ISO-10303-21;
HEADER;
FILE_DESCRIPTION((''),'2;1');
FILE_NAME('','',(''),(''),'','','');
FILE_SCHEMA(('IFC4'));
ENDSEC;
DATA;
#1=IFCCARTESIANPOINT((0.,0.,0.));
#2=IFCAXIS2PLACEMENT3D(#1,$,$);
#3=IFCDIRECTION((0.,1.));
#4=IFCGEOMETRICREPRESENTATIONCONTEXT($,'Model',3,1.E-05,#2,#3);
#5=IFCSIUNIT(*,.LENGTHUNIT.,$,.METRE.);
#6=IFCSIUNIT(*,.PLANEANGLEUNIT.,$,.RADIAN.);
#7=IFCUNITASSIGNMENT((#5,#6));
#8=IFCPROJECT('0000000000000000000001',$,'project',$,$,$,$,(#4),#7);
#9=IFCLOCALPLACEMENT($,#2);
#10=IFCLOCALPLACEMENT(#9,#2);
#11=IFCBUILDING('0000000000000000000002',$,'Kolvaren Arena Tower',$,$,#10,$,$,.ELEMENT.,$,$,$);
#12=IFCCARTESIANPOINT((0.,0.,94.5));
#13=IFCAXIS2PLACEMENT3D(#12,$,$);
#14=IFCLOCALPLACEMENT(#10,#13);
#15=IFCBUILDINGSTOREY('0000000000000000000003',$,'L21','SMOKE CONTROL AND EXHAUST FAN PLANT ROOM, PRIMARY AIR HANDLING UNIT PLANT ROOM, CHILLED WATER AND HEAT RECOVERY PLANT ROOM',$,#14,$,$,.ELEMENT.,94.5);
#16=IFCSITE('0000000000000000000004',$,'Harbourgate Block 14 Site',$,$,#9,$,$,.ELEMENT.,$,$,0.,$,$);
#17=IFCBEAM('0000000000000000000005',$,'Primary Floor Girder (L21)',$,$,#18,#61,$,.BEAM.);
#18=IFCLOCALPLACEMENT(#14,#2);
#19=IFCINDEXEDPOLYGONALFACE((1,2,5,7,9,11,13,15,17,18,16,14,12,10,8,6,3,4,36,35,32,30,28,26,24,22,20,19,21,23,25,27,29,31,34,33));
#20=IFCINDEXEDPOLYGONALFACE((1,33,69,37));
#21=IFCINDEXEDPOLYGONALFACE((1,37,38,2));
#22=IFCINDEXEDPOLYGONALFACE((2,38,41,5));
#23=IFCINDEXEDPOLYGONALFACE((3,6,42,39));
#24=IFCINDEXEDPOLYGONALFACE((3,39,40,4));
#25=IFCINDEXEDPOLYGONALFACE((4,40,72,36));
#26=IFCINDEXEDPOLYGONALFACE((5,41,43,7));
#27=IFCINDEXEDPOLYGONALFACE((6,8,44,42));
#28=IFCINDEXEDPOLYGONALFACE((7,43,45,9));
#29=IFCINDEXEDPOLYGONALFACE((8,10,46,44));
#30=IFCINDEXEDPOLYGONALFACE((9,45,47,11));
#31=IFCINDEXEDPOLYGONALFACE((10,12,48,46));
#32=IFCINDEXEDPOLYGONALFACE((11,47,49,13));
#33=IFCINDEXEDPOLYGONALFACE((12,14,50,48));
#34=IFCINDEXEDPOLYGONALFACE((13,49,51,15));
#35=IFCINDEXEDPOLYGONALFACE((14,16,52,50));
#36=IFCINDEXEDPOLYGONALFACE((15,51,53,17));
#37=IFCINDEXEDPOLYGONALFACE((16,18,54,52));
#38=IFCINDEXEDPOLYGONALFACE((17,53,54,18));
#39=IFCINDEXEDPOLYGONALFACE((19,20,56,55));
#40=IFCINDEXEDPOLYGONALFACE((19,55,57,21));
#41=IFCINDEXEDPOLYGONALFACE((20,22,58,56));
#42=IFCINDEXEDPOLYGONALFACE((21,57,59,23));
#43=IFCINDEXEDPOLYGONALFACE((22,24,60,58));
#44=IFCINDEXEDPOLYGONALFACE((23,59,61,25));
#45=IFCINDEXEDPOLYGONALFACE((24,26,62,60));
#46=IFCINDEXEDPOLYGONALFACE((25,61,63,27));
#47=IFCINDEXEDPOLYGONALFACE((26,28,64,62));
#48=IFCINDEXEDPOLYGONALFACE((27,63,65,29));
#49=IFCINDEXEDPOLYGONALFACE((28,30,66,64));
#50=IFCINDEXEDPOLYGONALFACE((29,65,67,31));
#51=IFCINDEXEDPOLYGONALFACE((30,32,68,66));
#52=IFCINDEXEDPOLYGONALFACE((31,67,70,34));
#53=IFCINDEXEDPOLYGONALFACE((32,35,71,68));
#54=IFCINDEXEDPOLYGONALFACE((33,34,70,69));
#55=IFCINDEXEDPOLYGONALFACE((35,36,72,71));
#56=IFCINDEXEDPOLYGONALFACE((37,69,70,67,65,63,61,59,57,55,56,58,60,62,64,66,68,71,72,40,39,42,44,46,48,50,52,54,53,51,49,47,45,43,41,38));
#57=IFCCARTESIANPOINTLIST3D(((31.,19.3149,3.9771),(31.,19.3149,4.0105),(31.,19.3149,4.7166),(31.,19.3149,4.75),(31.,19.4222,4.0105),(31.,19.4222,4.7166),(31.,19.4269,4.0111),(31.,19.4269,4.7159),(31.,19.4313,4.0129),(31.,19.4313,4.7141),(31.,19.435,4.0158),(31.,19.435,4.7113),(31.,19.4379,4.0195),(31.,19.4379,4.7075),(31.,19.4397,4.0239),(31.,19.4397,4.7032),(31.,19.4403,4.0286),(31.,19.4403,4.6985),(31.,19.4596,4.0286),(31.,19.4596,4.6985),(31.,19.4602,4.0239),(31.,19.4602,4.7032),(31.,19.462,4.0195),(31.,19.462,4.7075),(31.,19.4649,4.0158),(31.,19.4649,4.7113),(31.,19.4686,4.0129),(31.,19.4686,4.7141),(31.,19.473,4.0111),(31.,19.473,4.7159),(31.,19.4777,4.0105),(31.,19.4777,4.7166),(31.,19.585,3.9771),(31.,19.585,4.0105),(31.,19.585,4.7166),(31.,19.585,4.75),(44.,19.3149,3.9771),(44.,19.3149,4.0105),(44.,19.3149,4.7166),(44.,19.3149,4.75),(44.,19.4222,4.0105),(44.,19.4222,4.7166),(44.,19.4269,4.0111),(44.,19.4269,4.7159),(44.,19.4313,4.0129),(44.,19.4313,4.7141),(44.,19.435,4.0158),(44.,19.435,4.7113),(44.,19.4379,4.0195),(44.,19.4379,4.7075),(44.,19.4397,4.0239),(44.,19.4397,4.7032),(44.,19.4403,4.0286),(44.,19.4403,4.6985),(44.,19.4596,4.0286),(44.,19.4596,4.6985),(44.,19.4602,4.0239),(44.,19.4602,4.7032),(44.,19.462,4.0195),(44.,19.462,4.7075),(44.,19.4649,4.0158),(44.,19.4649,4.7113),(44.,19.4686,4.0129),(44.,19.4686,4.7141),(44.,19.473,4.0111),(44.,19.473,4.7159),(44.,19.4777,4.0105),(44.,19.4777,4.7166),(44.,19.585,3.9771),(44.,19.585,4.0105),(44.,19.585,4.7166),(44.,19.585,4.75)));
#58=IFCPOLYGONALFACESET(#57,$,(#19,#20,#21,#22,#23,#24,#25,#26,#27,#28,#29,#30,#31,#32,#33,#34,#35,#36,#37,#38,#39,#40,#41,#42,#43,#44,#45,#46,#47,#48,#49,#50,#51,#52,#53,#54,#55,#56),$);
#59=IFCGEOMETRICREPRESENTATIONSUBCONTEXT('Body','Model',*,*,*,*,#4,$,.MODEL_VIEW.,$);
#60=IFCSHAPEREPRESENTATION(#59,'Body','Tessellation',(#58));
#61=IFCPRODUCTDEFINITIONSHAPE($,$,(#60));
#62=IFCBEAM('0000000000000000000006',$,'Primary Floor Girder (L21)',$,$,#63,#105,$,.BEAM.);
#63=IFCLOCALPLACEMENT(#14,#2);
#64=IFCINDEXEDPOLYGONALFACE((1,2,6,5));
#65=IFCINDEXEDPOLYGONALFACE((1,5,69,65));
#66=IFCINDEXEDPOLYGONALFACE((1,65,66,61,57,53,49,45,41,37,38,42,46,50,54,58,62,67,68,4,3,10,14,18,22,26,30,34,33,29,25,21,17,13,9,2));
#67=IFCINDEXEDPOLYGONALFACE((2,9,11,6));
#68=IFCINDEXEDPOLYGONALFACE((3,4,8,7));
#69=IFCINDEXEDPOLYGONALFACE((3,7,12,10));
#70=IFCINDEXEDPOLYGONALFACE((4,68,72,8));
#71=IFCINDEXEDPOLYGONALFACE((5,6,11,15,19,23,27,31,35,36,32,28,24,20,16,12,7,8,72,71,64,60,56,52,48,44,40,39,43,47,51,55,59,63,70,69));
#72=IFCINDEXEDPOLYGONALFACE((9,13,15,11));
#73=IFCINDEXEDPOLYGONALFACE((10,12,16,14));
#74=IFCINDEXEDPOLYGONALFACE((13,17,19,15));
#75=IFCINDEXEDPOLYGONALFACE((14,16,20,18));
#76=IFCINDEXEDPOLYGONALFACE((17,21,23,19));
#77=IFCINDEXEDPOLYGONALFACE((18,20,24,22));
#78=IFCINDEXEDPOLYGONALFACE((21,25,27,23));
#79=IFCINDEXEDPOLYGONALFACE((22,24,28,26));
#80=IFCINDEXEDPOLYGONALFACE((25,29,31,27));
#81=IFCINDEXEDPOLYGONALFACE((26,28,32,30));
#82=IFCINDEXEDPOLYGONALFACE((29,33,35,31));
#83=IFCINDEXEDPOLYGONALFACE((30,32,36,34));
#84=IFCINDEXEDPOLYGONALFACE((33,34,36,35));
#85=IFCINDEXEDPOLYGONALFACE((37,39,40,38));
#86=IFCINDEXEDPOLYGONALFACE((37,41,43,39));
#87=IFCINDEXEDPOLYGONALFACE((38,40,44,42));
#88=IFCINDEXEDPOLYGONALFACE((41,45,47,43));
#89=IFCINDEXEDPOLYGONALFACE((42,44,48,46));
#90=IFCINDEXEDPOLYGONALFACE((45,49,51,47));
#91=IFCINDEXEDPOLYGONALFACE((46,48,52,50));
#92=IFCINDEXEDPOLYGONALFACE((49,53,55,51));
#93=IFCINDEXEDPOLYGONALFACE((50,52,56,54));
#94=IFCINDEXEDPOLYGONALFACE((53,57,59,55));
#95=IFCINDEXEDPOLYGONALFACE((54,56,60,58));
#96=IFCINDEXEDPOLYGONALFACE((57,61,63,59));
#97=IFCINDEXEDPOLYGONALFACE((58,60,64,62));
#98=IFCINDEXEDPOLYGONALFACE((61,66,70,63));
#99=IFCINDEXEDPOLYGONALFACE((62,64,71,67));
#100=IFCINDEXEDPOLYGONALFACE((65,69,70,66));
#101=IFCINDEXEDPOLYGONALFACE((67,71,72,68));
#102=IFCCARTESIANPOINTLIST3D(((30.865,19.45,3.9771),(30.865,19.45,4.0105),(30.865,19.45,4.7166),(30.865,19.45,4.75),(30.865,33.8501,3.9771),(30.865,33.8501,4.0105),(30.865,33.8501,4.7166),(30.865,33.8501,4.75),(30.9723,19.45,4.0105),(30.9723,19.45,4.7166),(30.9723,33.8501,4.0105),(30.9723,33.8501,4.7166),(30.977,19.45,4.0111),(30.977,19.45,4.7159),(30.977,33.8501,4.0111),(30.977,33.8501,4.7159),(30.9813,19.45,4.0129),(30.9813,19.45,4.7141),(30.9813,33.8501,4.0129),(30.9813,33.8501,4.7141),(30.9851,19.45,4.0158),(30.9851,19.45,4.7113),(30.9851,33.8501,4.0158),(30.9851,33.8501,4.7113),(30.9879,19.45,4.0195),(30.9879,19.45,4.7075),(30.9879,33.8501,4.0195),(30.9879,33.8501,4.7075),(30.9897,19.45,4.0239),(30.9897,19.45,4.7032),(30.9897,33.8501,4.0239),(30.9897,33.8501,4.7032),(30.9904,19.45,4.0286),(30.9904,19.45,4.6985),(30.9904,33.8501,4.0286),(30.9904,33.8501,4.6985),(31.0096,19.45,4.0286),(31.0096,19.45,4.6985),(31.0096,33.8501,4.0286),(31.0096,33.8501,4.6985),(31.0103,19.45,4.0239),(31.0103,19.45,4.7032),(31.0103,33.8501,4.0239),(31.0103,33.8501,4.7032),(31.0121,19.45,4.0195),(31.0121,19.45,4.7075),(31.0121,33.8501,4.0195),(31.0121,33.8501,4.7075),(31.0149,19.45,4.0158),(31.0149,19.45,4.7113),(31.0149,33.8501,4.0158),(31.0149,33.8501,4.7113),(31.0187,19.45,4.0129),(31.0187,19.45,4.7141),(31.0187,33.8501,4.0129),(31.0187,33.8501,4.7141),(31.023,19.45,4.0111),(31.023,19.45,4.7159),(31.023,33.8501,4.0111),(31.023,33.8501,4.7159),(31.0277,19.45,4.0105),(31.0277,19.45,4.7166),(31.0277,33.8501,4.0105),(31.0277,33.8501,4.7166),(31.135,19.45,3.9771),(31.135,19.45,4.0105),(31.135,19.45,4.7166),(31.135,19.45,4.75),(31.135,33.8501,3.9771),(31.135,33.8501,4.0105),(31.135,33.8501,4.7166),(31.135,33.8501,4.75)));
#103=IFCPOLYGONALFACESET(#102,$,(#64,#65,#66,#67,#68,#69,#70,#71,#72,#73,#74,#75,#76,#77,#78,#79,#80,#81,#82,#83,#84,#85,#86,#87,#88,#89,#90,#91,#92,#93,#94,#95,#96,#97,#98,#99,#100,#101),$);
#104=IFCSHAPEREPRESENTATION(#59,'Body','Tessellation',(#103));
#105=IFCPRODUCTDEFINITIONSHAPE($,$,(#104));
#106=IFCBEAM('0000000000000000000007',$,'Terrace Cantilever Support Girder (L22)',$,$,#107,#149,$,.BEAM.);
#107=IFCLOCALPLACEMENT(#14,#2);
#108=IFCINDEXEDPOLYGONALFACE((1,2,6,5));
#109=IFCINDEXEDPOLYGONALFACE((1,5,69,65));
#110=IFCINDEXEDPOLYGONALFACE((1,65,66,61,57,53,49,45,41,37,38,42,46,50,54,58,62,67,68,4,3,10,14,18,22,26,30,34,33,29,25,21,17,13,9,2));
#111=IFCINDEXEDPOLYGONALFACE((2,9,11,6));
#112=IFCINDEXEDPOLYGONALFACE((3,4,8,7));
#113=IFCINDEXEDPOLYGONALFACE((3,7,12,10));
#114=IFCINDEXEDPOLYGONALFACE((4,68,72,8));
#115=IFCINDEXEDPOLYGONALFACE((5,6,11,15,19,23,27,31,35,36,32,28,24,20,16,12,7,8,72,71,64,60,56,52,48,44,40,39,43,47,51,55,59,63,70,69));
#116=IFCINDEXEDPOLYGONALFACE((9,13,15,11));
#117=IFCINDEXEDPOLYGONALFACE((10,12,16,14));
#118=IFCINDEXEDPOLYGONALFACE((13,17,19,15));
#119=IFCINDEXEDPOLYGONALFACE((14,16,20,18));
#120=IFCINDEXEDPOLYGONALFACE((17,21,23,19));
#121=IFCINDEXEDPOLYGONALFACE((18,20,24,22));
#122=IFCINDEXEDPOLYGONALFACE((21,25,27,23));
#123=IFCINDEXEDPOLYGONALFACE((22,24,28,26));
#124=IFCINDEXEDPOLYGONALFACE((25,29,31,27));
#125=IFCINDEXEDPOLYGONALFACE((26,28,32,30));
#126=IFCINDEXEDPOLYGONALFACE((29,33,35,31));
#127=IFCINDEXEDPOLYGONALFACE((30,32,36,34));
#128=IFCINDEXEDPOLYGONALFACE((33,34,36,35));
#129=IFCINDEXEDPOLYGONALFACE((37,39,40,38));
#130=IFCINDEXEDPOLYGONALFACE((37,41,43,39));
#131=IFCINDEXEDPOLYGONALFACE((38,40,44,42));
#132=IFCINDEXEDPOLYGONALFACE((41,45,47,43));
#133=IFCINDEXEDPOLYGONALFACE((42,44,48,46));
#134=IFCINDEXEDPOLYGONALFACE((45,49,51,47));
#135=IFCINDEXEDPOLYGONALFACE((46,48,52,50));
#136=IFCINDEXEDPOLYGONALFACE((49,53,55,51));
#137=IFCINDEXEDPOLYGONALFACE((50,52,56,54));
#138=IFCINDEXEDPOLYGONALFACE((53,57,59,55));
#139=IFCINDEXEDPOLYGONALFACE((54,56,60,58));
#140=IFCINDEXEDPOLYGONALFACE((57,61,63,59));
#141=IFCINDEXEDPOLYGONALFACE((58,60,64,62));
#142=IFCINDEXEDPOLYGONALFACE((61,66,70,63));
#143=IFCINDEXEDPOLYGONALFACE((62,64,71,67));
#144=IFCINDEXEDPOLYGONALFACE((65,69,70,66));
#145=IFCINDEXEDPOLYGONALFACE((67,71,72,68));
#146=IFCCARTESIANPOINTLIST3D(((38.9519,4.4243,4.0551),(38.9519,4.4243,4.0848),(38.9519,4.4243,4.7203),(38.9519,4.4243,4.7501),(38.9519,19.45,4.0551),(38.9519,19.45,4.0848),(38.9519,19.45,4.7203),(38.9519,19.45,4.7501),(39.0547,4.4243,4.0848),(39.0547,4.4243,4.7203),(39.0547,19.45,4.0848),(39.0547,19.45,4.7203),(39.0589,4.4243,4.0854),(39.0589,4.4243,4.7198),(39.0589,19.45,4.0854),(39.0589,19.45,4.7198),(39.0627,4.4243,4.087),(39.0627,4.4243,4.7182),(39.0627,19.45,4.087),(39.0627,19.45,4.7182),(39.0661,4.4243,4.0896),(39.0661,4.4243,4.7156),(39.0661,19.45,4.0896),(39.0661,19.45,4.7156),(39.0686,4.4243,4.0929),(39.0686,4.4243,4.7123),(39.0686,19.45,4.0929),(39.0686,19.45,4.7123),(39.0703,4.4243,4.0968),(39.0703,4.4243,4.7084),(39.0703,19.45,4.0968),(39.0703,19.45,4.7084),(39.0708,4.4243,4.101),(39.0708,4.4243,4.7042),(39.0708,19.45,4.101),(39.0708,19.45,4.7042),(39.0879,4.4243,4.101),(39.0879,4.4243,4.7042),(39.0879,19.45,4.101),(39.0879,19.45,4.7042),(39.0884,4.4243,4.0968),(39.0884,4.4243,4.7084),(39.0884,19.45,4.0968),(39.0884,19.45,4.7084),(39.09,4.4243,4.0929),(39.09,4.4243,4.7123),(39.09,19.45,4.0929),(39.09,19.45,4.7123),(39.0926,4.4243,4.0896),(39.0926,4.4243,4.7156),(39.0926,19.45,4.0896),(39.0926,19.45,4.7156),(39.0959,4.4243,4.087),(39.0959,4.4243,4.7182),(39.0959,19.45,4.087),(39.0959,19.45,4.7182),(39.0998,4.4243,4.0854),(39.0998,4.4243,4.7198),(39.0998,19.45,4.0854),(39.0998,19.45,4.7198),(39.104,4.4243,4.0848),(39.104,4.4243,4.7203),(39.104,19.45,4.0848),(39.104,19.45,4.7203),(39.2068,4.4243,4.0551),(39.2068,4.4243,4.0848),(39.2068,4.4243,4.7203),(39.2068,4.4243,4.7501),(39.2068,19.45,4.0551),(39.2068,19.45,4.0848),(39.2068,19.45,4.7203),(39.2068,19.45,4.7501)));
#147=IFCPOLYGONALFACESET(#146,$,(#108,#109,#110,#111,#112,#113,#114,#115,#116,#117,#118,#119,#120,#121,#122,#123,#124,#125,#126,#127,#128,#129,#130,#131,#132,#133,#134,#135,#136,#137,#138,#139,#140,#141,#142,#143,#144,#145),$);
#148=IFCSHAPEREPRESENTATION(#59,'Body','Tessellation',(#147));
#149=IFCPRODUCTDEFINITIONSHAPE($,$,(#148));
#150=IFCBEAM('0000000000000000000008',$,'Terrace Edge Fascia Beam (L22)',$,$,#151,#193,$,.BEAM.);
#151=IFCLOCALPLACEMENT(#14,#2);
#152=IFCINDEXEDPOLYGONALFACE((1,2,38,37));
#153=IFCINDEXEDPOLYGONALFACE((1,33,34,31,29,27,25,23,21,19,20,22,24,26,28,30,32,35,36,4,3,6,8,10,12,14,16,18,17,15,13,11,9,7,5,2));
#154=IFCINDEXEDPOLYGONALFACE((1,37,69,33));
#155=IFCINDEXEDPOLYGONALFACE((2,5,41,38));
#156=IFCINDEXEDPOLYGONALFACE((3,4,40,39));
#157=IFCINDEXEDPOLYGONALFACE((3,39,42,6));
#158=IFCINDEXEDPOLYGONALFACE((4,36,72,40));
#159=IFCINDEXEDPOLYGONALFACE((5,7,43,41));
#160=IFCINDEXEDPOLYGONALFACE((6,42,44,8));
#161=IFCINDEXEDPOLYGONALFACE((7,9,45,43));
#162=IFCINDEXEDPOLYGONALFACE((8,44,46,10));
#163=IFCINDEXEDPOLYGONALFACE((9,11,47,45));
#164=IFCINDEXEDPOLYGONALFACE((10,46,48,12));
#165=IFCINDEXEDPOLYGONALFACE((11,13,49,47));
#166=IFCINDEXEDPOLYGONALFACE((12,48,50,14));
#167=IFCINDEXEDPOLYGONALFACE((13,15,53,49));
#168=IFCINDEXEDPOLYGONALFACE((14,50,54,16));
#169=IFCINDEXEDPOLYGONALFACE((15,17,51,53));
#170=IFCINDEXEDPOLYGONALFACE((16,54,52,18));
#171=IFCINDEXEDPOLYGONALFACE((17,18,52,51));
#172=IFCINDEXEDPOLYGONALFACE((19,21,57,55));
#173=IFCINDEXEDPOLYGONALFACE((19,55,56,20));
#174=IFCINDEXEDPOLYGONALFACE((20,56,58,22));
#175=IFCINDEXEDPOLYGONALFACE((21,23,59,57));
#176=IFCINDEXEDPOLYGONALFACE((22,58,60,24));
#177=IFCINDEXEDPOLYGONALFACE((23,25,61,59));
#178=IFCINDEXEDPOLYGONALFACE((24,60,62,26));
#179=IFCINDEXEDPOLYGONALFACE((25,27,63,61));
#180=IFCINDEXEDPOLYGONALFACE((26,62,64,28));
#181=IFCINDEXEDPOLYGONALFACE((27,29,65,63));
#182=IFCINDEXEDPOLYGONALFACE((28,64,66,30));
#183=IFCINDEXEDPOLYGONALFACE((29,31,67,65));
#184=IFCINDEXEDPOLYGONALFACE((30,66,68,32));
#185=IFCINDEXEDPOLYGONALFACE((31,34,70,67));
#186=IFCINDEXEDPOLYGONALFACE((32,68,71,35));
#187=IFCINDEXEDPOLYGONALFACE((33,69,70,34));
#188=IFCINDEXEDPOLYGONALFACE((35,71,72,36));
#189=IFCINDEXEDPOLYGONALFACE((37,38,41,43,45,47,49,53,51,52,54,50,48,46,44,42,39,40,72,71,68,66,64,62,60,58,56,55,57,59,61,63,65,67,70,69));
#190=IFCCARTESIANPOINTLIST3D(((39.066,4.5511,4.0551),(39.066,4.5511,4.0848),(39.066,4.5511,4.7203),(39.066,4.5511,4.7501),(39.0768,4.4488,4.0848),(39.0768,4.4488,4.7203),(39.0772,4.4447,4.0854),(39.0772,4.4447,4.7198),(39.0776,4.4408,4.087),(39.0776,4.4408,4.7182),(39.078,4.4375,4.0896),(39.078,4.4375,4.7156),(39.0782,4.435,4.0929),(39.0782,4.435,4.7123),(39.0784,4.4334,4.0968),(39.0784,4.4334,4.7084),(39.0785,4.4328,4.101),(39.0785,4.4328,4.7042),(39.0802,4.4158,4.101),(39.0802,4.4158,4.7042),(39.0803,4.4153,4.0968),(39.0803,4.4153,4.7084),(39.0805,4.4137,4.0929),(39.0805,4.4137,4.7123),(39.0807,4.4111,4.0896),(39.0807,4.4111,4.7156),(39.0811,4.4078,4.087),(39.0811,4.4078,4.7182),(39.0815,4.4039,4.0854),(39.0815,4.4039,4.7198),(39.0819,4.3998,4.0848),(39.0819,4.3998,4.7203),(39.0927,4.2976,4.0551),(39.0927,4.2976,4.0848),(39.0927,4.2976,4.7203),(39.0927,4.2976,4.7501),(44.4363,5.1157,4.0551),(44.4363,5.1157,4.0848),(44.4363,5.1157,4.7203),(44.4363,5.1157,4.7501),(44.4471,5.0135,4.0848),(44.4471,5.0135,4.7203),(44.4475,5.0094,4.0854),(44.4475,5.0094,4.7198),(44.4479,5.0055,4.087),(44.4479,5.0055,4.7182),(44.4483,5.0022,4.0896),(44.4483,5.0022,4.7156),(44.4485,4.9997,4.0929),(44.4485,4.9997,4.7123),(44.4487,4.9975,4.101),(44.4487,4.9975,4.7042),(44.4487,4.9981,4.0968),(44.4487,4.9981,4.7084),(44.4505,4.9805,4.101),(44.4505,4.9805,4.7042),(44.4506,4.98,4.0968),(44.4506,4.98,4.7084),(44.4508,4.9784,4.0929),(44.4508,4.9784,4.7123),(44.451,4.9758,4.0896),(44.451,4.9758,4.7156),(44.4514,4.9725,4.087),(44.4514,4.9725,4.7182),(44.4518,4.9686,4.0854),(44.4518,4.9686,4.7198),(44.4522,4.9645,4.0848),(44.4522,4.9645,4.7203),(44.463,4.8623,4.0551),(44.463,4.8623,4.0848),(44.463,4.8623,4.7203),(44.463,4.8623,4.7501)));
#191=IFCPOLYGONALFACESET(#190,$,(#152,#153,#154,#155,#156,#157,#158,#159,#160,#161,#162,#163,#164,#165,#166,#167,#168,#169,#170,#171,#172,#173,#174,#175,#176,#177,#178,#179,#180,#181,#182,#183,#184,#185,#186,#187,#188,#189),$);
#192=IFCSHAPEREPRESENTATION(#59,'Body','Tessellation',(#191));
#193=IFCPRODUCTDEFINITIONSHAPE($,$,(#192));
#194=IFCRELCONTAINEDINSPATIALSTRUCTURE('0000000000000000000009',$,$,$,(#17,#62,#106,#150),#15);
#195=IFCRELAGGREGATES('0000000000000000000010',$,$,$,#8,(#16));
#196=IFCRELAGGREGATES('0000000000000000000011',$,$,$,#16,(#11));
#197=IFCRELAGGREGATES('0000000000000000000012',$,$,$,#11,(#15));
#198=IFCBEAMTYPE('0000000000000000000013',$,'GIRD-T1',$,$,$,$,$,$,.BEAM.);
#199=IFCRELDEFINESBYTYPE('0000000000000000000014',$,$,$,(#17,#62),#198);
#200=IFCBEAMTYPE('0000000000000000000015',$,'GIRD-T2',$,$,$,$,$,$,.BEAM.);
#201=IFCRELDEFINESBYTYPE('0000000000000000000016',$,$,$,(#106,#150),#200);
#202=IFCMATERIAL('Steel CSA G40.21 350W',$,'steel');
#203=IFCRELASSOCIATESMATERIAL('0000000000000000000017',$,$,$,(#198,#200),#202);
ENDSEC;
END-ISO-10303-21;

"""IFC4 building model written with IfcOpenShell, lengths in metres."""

from ifc_helpers import new_model, si_unit, direction, frame, origin, origin_2d, place, context, subcontext, project, spatial, i_section, extrude, material, material_profile, profile_set, type_object, element, save


model = new_model("IFC4")

# Units and contexts
model_context = context("Model", 3, precision=1e-05, world=origin(), true_north=direction((0.0, 1.0)))
body_context = subcontext(model_context, "Body", "Model", "MODEL_VIEW")
ifc_project = project(units=[si_unit("LENGTHUNIT", "METRE"), si_unit("PLANEANGLEUNIT", "RADIAN")], contexts=[model_context])

# Site, building, storey
site_placement = place(None, origin())
site = spatial("IfcSite", under=ifc_project, at=site_placement, Name="Harbourgate Block 14 Site", CompositionType="ELEMENT", RefElevation=0.0)
building_placement = place(site_placement, origin())
building = spatial("IfcBuilding", under=site, at=building_placement, Name="Kolvaren Arena Tower", CompositionType="ELEMENT")
storey_placement = place(building_placement, frame((0.0, 0.0, 94.5)))
storey = spatial("IfcBuildingStorey", under=building, at=storey_placement, Name="L21", Description="SMOKE CONTROL AND EXHAUST FAN PLANT ROOM, PRIMARY AIR HANDLING UNIT PLANT ROOM, CHILLED WATER AND HEAT RECOVERY PLANT ROOM", CompositionType="ELEMENT", Elevation=94.5)

# Shared definitions
ifc_material_1 = material(Name="Steel CSA G40.21 350W", Category="steel")

# Beams
ifc_material_profile_1 = material_profile(ifc_material_1, i_section(OverallWidth=0.27, OverallDepth=0.7729, WebThickness=0.0193, FlangeThickness=0.0334, FilletRadius=0.0181, at=origin_2d()), Name="W760x257")
ifc_profile_set_1 = profile_set([ifc_material_profile_1], Name="Steel CSA G40.21 350W")
beam_type_1 = type_object("IfcBeamType", Name="GIRD-T1", PredefinedType="BEAM", material=ifc_profile_set_1)
beam_1_placement = place(storey_placement, frame((31.0, 19.45, 4.3635), z_axis=(1.0, 0.0, 0.0), x_axis=(0.0, 1.0, 0.0)))
element("IfcBeam", 1, at=beam_1_placement, inside=storey, type_object=beam_type_1, Name="Primary Floor Girder (L21)", PredefinedType="BEAM", context=body_context, shape_type="SweptSolid", body=[
    extrude(i_section(OverallWidth=0.27, OverallDepth=0.7729, WebThickness=0.0193, FlangeThickness=0.0334, FilletRadius=0.0181, at=origin_2d()), origin(), (0.0, 0.0, 1.0), 13.0),
])
beam_2_placement = place(storey_placement, frame((31.0, 19.45, 4.3635), z_axis=(0.0, 1.0, 0.0), x_axis=(-1.0, 0.0, 0.0)))
element("IfcBeam", 2, at=beam_2_placement, inside=storey, type_object=beam_type_1, Name="Primary Floor Girder (L21)", PredefinedType="BEAM", context=body_context, shape_type="SweptSolid", body=[
    extrude(i_section(OverallWidth=0.27, OverallDepth=0.7729, WebThickness=0.0193, FlangeThickness=0.0334, FilletRadius=0.0181, at=origin_2d()), origin(), (0.0, 0.0, 1.0), 14.4001),
])
ifc_material_profile_2 = material_profile(ifc_material_1, i_section(OverallWidth=0.2549, OverallDepth=0.6951, WebThickness=0.0171, FlangeThickness=0.0298, FilletRadius=0.0161, at=origin_2d()), Name="W690x217")
ifc_profile_set_2 = profile_set([ifc_material_profile_2], Name="Steel CSA G40.21 350W")
beam_type_2 = type_object("IfcBeamType", Name="GIRD-T2", PredefinedType="BEAM", material=ifc_profile_set_2)
beam_3_placement = place(storey_placement, frame((39.0793, 19.45, 4.4026), z_axis=(0.0, -1.0, 0.0), x_axis=(1.0, 0.0, 0.0)))
element("IfcBeam", 3, at=beam_3_placement, inside=storey, type_object=beam_type_2, Name="Terrace Cantilever Support Girder (L22)", PredefinedType="BEAM", context=body_context, shape_type="SweptSolid", body=[
    extrude(i_section(OverallWidth=0.2549, OverallDepth=0.6951, WebThickness=0.0171, FlangeThickness=0.0298, FilletRadius=0.0161, at=origin_2d()), origin(), (0.0, 0.0, 1.0), 15.0256),
])
beam_4_placement = place(storey_placement, frame((39.0793, 4.4243, 4.4026), z_axis=(0.994517, 0.104574, 0.0), x_axis=(-0.104574, 0.994517, 0.0)))
element("IfcBeam", 4, at=beam_4_placement, inside=storey, type_object=beam_type_2, Name="Terrace Edge Fascia Beam (L22)", PredefinedType="BEAM", context=body_context, shape_type="SweptSolid", body=[
    extrude(i_section(OverallWidth=0.2549, OverallDepth=0.6951, WebThickness=0.0171, FlangeThickness=0.0298, FilletRadius=0.0161, at=origin_2d()), origin(), (0.0, 0.0, 1.0), 5.3999),
])

save(model, "model.ifc")
